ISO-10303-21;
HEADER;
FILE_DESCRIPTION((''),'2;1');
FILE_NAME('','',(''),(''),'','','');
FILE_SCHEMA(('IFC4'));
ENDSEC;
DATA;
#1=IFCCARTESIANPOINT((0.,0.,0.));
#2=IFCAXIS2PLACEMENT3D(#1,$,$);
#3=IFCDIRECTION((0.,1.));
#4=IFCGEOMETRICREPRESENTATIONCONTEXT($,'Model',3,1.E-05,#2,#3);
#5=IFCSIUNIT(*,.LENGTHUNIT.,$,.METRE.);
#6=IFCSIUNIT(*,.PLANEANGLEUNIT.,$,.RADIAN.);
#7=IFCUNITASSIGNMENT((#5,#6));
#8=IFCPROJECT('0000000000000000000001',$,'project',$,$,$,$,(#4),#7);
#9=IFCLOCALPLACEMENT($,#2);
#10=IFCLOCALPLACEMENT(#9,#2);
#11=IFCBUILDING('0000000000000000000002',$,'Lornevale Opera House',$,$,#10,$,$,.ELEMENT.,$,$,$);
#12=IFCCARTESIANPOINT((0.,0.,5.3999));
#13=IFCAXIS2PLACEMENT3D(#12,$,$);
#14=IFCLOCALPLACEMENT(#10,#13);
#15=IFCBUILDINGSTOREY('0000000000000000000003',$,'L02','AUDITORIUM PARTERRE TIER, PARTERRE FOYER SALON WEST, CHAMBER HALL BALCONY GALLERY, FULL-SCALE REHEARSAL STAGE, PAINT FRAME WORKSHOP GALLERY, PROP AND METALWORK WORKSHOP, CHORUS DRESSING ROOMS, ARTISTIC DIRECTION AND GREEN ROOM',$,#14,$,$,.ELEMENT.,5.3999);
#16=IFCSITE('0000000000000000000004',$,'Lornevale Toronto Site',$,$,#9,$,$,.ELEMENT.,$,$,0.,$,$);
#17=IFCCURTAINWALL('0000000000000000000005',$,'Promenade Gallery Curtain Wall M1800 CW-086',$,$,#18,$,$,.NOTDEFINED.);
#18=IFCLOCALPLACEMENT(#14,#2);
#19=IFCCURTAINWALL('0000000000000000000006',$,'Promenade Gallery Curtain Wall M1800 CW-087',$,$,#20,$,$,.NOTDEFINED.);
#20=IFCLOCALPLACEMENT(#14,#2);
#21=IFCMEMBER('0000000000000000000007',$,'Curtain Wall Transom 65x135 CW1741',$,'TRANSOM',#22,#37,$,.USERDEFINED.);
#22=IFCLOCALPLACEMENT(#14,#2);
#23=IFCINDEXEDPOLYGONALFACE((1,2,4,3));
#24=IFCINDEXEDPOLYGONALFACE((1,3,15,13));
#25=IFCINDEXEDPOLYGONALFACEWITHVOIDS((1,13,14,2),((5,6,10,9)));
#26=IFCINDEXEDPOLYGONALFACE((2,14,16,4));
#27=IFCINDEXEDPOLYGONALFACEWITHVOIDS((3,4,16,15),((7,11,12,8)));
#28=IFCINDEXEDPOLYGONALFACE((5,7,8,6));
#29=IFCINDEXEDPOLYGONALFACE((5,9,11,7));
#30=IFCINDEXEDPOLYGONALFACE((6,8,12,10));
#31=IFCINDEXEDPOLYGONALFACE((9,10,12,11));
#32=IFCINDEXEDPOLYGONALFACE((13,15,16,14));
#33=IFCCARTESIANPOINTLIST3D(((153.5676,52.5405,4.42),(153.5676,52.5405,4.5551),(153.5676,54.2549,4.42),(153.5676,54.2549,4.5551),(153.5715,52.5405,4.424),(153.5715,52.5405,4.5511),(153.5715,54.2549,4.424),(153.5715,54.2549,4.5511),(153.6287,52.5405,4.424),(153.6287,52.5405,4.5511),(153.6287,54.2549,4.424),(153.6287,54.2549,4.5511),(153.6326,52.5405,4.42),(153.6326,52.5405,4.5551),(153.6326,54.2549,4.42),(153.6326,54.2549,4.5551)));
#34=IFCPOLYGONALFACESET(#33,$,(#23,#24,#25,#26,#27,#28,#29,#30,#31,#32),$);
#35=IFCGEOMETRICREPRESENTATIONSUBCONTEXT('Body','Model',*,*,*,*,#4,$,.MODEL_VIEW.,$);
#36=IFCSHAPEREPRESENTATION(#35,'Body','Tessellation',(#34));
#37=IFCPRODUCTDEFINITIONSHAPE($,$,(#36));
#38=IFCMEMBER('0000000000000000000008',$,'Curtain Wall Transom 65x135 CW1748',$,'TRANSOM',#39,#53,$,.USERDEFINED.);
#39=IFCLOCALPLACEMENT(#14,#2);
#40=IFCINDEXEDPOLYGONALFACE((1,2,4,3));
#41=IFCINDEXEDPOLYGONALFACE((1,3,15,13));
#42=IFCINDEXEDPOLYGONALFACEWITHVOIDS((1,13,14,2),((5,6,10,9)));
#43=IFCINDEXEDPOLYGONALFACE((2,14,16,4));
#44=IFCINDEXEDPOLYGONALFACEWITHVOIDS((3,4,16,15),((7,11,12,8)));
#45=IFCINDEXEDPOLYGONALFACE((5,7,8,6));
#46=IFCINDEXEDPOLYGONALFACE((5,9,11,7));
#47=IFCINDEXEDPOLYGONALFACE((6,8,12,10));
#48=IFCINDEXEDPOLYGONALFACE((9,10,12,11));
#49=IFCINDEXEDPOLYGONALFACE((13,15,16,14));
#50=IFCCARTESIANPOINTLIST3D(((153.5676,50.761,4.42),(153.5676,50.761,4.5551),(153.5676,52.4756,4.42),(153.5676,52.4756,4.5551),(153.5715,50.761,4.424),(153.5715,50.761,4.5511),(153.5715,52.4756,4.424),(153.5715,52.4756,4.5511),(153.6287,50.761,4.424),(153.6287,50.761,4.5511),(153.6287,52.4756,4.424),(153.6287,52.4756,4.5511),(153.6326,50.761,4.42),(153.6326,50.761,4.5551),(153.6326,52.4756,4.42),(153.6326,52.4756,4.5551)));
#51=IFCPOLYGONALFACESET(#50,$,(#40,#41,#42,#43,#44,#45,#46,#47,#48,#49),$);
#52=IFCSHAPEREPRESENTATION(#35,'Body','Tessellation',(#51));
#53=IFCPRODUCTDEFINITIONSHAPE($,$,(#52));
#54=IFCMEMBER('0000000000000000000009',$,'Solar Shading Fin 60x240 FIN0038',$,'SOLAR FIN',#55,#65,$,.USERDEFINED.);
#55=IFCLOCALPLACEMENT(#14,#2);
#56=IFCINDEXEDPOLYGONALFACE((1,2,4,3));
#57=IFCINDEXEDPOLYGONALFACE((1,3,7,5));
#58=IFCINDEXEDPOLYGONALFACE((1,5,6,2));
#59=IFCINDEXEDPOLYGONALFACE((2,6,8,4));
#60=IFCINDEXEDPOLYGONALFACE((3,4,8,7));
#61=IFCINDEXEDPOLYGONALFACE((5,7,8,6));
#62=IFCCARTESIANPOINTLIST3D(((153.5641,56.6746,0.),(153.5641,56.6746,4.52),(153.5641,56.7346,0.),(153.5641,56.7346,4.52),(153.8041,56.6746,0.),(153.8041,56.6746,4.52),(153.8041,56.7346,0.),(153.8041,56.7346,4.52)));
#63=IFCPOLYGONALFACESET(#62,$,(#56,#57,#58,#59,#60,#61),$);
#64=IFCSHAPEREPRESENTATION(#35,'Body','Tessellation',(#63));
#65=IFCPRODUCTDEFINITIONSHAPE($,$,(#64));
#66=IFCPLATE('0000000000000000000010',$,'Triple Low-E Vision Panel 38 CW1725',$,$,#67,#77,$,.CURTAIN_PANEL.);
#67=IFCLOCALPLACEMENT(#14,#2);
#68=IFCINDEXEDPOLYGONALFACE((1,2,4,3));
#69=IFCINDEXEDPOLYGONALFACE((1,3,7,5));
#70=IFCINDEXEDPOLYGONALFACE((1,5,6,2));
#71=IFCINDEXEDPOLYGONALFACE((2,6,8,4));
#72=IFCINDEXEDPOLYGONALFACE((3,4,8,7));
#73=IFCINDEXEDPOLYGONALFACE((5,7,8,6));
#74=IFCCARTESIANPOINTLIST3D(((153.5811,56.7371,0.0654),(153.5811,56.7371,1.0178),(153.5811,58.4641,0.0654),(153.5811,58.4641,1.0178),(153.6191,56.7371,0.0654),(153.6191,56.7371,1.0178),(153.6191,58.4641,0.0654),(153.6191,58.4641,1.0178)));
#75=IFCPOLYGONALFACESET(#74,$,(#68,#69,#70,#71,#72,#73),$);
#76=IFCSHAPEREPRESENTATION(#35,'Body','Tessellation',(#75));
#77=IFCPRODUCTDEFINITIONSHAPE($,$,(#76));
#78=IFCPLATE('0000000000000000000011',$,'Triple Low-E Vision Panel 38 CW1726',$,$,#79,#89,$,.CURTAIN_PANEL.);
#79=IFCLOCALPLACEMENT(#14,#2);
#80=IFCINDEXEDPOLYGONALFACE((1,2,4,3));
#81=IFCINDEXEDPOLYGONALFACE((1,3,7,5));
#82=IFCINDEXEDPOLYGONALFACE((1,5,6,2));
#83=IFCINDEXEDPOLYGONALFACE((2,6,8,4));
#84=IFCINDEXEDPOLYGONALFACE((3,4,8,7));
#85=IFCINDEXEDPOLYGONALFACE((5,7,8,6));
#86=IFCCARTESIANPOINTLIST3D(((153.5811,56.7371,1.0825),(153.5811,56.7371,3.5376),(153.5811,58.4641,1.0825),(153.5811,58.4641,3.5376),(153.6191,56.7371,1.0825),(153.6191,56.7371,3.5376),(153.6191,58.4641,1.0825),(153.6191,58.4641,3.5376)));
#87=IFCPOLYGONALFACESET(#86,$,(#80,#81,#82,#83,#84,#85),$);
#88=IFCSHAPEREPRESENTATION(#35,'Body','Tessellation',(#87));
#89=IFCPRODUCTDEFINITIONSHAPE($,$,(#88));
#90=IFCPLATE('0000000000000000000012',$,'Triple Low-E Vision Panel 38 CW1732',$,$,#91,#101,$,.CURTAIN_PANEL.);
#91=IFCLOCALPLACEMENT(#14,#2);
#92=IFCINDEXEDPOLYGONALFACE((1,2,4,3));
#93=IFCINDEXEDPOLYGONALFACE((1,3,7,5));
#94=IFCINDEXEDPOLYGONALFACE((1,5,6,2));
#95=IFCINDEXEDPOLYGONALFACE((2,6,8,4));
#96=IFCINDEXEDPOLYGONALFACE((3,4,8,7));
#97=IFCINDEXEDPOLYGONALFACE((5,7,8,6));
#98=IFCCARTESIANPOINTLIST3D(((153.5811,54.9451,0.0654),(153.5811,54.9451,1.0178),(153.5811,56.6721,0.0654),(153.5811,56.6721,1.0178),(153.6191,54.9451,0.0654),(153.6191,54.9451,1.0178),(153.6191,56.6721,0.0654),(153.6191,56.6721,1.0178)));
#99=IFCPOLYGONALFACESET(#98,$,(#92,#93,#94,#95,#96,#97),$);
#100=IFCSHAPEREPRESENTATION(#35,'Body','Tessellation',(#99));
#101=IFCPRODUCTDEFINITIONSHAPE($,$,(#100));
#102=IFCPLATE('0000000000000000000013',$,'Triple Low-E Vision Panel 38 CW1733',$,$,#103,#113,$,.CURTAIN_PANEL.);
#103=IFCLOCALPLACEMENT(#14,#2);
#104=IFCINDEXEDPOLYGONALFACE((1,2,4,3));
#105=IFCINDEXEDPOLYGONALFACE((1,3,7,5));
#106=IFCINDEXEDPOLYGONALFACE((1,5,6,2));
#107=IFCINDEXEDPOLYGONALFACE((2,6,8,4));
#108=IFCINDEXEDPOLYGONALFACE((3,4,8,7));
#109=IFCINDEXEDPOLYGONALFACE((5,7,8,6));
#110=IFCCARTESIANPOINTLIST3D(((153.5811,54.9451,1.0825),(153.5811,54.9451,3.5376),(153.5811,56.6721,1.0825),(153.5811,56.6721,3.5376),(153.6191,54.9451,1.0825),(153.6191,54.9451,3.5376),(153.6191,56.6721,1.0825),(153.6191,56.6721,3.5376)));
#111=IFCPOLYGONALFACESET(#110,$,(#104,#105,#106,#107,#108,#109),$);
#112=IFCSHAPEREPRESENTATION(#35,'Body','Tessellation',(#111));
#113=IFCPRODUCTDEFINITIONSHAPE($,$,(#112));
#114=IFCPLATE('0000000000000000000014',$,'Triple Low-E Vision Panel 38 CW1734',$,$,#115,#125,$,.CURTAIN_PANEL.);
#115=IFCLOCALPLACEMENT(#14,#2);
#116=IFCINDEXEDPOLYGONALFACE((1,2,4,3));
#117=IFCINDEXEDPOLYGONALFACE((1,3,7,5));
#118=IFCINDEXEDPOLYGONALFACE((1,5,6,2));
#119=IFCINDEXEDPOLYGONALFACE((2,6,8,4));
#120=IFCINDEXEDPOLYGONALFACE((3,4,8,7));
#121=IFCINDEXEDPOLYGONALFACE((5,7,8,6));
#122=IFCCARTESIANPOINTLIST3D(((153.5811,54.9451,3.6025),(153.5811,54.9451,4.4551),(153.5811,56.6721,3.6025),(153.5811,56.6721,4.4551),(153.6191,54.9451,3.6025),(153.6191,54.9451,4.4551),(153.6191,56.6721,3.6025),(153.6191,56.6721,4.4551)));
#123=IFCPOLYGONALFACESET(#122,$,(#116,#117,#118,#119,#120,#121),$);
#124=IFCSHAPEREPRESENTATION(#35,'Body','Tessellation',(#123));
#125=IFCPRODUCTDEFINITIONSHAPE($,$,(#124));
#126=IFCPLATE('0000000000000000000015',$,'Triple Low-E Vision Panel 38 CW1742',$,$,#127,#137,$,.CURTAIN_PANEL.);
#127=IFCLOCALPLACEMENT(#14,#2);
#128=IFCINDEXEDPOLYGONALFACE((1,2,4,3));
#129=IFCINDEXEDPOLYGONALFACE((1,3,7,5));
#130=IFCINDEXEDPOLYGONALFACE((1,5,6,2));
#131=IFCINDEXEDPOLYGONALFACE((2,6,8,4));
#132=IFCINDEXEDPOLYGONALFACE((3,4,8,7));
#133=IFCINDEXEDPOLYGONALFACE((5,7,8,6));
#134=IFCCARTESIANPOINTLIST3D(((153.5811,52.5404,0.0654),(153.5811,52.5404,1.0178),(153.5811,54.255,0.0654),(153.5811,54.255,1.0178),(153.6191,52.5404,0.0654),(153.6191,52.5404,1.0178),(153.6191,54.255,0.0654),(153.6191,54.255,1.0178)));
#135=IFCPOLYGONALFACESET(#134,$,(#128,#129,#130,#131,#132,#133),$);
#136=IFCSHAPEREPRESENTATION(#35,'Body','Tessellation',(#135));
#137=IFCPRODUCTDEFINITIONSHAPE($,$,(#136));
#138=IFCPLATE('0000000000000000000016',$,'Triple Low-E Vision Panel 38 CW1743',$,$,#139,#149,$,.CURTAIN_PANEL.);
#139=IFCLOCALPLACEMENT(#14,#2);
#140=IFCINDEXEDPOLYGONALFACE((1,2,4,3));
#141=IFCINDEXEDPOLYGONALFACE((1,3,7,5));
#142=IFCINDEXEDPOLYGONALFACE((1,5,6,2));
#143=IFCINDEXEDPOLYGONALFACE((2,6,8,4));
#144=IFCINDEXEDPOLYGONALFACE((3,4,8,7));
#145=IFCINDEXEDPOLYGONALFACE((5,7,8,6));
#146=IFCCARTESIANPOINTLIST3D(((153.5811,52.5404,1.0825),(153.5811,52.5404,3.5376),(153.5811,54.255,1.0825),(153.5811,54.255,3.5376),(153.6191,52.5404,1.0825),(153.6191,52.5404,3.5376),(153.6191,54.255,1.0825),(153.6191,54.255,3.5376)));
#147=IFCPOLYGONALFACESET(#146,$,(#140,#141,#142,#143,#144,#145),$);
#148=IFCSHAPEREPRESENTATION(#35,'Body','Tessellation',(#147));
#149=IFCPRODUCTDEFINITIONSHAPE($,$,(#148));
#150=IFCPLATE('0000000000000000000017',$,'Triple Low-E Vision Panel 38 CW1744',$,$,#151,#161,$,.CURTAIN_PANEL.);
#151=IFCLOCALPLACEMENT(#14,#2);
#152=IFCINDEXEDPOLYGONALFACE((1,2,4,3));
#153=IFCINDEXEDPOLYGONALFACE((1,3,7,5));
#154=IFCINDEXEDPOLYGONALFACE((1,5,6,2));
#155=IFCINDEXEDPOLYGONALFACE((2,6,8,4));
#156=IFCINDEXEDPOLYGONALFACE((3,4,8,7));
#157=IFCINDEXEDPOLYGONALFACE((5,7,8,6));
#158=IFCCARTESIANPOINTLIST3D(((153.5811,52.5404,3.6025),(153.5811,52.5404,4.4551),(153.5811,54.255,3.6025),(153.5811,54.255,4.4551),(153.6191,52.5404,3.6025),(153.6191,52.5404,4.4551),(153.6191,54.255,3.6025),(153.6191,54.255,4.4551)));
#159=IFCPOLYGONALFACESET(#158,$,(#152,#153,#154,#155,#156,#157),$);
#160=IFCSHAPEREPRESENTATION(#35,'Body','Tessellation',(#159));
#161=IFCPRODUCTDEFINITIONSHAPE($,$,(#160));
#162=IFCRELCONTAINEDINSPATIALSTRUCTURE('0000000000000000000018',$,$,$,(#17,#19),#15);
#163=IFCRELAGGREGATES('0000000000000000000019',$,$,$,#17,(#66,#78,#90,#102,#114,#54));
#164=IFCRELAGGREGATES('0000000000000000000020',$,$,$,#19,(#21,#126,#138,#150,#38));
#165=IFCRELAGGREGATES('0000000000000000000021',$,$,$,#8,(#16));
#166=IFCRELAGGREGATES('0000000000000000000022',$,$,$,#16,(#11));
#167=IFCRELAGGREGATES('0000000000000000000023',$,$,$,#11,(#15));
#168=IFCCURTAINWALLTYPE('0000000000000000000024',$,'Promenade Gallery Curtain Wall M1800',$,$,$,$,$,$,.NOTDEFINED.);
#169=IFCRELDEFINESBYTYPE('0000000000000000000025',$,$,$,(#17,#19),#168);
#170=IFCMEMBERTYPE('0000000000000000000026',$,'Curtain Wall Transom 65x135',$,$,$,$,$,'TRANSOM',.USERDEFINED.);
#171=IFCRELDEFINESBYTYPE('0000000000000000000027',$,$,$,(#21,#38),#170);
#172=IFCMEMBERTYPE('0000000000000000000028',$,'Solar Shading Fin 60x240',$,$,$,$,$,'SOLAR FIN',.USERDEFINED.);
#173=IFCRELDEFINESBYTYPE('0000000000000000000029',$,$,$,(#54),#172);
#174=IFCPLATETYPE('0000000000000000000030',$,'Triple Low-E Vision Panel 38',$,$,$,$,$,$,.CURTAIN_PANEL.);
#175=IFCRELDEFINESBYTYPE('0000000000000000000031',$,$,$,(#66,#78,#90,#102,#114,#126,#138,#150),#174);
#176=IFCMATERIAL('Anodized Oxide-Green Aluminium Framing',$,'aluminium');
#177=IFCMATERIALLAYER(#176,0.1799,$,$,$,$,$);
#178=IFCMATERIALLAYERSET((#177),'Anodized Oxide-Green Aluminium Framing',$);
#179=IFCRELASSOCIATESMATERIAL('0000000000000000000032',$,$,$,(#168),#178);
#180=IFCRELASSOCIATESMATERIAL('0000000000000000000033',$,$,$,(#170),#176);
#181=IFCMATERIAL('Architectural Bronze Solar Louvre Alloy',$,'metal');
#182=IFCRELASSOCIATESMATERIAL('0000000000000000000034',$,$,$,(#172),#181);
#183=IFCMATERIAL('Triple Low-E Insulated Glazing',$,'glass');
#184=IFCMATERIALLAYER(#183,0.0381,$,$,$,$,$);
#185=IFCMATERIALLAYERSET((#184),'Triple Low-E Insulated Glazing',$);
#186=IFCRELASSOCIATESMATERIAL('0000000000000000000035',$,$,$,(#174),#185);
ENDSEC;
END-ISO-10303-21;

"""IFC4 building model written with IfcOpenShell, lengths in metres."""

from ifc_helpers import new_model, si_unit, direction, frame, origin, origin_2d, place, context, subcontext, project, spatial, rectangle, hollow_rectangle, extrude, material, layer, layer_set, material_profile, profile_set, type_object, element, aggregate, save


model = new_model("IFC4")

# Units and contexts
model_context = context("Model", 3, precision=1e-05, world=origin(), true_north=direction((0.0, 1.0)))
body_context = subcontext(model_context, "Body", "Model", "MODEL_VIEW")
ifc_project = project(units=[si_unit("LENGTHUNIT", "METRE"), si_unit("PLANEANGLEUNIT", "RADIAN")], contexts=[model_context])

# Site, building, storey
site_placement = place(None, origin())
site = spatial("IfcSite", under=ifc_project, at=site_placement, Name="Lornevale Toronto Site", CompositionType="ELEMENT", RefElevation=0.0)
building_placement = place(site_placement, origin())
building = spatial("IfcBuilding", under=site, at=building_placement, Name="Lornevale Opera House", CompositionType="ELEMENT")
storey_placement = place(building_placement, frame((0.0, 0.0, 5.3999)))
storey = spatial("IfcBuildingStorey", under=building, at=storey_placement, Name="L02", Description="AUDITORIUM PARTERRE TIER, PARTERRE FOYER SALON WEST, CHAMBER HALL BALCONY GALLERY, FULL-SCALE REHEARSAL STAGE, PAINT FRAME WORKSHOP GALLERY, PROP AND METALWORK WORKSHOP, CHORUS DRESSING ROOMS, ARTISTIC DIRECTION AND GREEN ROOM", CompositionType="ELEMENT", Elevation=5.3999)

# Curtain walls
ifc_material_1 = material(Name="Anodized Oxide-Green Aluminium Framing", Category="aluminium")
ifc_layer_1 = layer(ifc_material_1, 0.1799)
ifc_layer_set_1 = layer_set([ifc_layer_1], Name="Anodized Oxide-Green Aluminium Framing")
curtain_wall_type = type_object("IfcCurtainWallType", Name="Promenade Gallery Curtain Wall M1800", PredefinedType="NOTDEFINED", material=ifc_layer_set_1)
curtain_wall_1_placement = place(storey_placement, origin())
curtain_wall_1 = element("IfcCurtainWall", 1, at=curtain_wall_1_placement, inside=storey, type_object=curtain_wall_type, Name="Promenade Gallery Curtain Wall M1800 CW-086", PredefinedType="NOTDEFINED")
curtain_wall_2_placement = place(storey_placement, origin())
curtain_wall_2 = element("IfcCurtainWall", 2, at=curtain_wall_2_placement, inside=storey, type_object=curtain_wall_type, Name="Promenade Gallery Curtain Wall M1800 CW-087", PredefinedType="NOTDEFINED")

# Members
ifc_material_profile_1 = material_profile(ifc_material_1, hollow_rectangle(XDim=0.0649, YDim=0.135, WallThickness=0.0039, at=origin_2d()), Name="ALU65x135x4")
ifc_profile_set_1 = profile_set([ifc_material_profile_1], Name="Anodized Oxide-Green Aluminium Framing")
member_type_1 = type_object("IfcMemberType", Name="Curtain Wall Transom 65x135", ElementType="TRANSOM", PredefinedType="USERDEFINED", material=ifc_profile_set_1)
member_1_placement = place(storey_placement, frame((153.6001, 54.2549, 4.4875), z_axis=(0.0, -1.0, 0.0), x_axis=(1.0, 0.0, 0.0)))
member_1 = element("IfcMember", 3, at=member_1_placement, type_object=member_type_1, Name="Curtain Wall Transom 65x135 CW1741", ObjectType="TRANSOM", PredefinedType="USERDEFINED", context=body_context, shape_type="SweptSolid", body=[
    extrude(hollow_rectangle(XDim=0.0649, YDim=0.135, WallThickness=0.0039, at=origin_2d()), origin(), (0.0, 0.0, 1.0), 1.7144),
])
member_2_placement = place(storey_placement, frame((153.6001, 52.4756, 4.4875), z_axis=(0.0, -1.0, 0.0), x_axis=(1.0, 0.0, 0.0)))
member_2 = element("IfcMember", 4, at=member_2_placement, type_object=member_type_1, Name="Curtain Wall Transom 65x135 CW1748", ObjectType="TRANSOM", PredefinedType="USERDEFINED", context=body_context, shape_type="SweptSolid", body=[
    extrude(hollow_rectangle(XDim=0.0649, YDim=0.135, WallThickness=0.0039, at=origin_2d()), origin(), (0.0, 0.0, 1.0), 1.7146),
])
ifc_material_2 = material(Name="Architectural Bronze Solar Louvre Alloy", Category="metal")
ifc_material_profile_2 = material_profile(ifc_material_2, rectangle(XDim=0.0601, YDim=0.24, at=origin_2d()), Name="FIN60x240")
ifc_profile_set_2 = profile_set([ifc_material_profile_2], Name="Architectural Bronze Solar Louvre Alloy")
member_type_2 = type_object("IfcMemberType", Name="Solar Shading Fin 60x240", ElementType="SOLAR FIN", PredefinedType="USERDEFINED", material=ifc_profile_set_2)
member_3_placement = place(storey_placement, frame((153.6841, 56.7046, 0.0), z_axis=(0.0, 0.0, 1.0), x_axis=(0.0, -1.0, 0.0)))
member_3 = element("IfcMember", 5, at=member_3_placement, type_object=member_type_2, Name="Solar Shading Fin 60x240 FIN0038", ObjectType="SOLAR FIN", PredefinedType="USERDEFINED", context=body_context, shape_type="SweptSolid", body=[
    extrude(rectangle(XDim=0.0601, YDim=0.24, at=origin_2d()), origin(), (0.0, 0.0, 1.0), 4.52),
])

# Plates
ifc_material_3 = material(Name="Triple Low-E Insulated Glazing", Category="glass")
ifc_layer_2 = layer(ifc_material_3, 0.0381)
ifc_layer_set_2 = layer_set([ifc_layer_2], Name="Triple Low-E Insulated Glazing")
plate_type = type_object("IfcPlateType", Name="Triple Low-E Vision Panel 38", PredefinedType="CURTAIN_PANEL", material=ifc_layer_set_2)
plate_1_placement = place(storey_placement, frame((153.6001, 57.6006, 0.0654), z_axis=(0.0, 0.0, 1.0), x_axis=(0.0, -1.0, 0.0)))
plate_1 = element("IfcPlate", 6, at=plate_1_placement, type_object=plate_type, Name="Triple Low-E Vision Panel 38 CW1725", PredefinedType="CURTAIN_PANEL", context=body_context, shape_type="SweptSolid", body=[
    extrude(rectangle(XDim=1.7271, YDim=0.0381, at=origin_2d()), origin(), (0.0, 0.0, 1.0), 0.9524),
])
plate_2_placement = place(storey_placement, frame((153.6001, 57.6006, 1.0825), z_axis=(0.0, 0.0, 1.0), x_axis=(0.0, -1.0, 0.0)))
plate_2 = element("IfcPlate", 7, at=plate_2_placement, type_object=plate_type, Name="Triple Low-E Vision Panel 38 CW1726", PredefinedType="CURTAIN_PANEL", context=body_context, shape_type="SweptSolid", body=[
    extrude(rectangle(XDim=1.7271, YDim=0.0381, at=origin_2d()), origin(), (0.0, 0.0, 1.0), 2.4551),
])
plate_3_placement = place(storey_placement, frame((153.6001, 55.8086, 0.0654), z_axis=(0.0, 0.0, 1.0), x_axis=(0.0, -1.0, 0.0)))
plate_3 = element("IfcPlate", 8, at=plate_3_placement, type_object=plate_type, Name="Triple Low-E Vision Panel 38 CW1732", PredefinedType="CURTAIN_PANEL", context=body_context, shape_type="SweptSolid", body=[
    extrude(rectangle(XDim=1.7271, YDim=0.0381, at=origin_2d()), origin(), (0.0, 0.0, 1.0), 0.9524),
])
plate_4_placement = place(storey_placement, frame((153.6001, 55.8086, 1.0825), z_axis=(0.0, 0.0, 1.0), x_axis=(0.0, -1.0, 0.0)))
plate_4 = element("IfcPlate", 9, at=plate_4_placement, type_object=plate_type, Name="Triple Low-E Vision Panel 38 CW1733", PredefinedType="CURTAIN_PANEL", context=body_context, shape_type="SweptSolid", body=[
    extrude(rectangle(XDim=1.7271, YDim=0.0381, at=origin_2d()), origin(), (0.0, 0.0, 1.0), 2.4551),
])
plate_5_placement = place(storey_placement, frame((153.6001, 55.8086, 3.6025), z_axis=(0.0, 0.0, 1.0), x_axis=(0.0, -1.0, 0.0)))
plate_5 = element("IfcPlate", 10, at=plate_5_placement, type_object=plate_type, Name="Triple Low-E Vision Panel 38 CW1734", PredefinedType="CURTAIN_PANEL", context=body_context, shape_type="SweptSolid", body=[
    extrude(rectangle(XDim=1.7271, YDim=0.0381, at=origin_2d()), origin(), (0.0, 0.0, 1.0), 0.8525),
])
aggregate(curtain_wall_1, [plate_1, plate_2, plate_3, plate_4, plate_5, member_3])
plate_6_placement = place(storey_placement, frame((153.6001, 53.3977, 0.0654), z_axis=(0.0, 0.0, 1.0), x_axis=(0.0, -1.0, 0.0)))
plate_6 = element("IfcPlate", 11, at=plate_6_placement, type_object=plate_type, Name="Triple Low-E Vision Panel 38 CW1742", PredefinedType="CURTAIN_PANEL", context=body_context, shape_type="SweptSolid", body=[
    extrude(rectangle(XDim=1.7146, YDim=0.0381, at=origin_2d()), origin(), (0.0, 0.0, 1.0), 0.9524),
])
plate_7_placement = place(storey_placement, frame((153.6001, 53.3977, 1.0825), z_axis=(0.0, 0.0, 1.0), x_axis=(0.0, -1.0, 0.0)))
plate_7 = element("IfcPlate", 12, at=plate_7_placement, type_object=plate_type, Name="Triple Low-E Vision Panel 38 CW1743", PredefinedType="CURTAIN_PANEL", context=body_context, shape_type="SweptSolid", body=[
    extrude(rectangle(XDim=1.7146, YDim=0.0381, at=origin_2d()), origin(), (0.0, 0.0, 1.0), 2.4551),
])
plate_8_placement = place(storey_placement, frame((153.6001, 53.3977, 3.6025), z_axis=(0.0, 0.0, 1.0), x_axis=(0.0, -1.0, 0.0)))
plate_8 = element("IfcPlate", 13, at=plate_8_placement, type_object=plate_type, Name="Triple Low-E Vision Panel 38 CW1744", PredefinedType="CURTAIN_PANEL", context=body_context, shape_type="SweptSolid", body=[
    extrude(rectangle(XDim=1.7146, YDim=0.0381, at=origin_2d()), origin(), (0.0, 0.0, 1.0), 0.8525),
])
aggregate(curtain_wall_2, [member_1, plate_6, plate_7, plate_8, member_2])

save(model, "model.ifc")
